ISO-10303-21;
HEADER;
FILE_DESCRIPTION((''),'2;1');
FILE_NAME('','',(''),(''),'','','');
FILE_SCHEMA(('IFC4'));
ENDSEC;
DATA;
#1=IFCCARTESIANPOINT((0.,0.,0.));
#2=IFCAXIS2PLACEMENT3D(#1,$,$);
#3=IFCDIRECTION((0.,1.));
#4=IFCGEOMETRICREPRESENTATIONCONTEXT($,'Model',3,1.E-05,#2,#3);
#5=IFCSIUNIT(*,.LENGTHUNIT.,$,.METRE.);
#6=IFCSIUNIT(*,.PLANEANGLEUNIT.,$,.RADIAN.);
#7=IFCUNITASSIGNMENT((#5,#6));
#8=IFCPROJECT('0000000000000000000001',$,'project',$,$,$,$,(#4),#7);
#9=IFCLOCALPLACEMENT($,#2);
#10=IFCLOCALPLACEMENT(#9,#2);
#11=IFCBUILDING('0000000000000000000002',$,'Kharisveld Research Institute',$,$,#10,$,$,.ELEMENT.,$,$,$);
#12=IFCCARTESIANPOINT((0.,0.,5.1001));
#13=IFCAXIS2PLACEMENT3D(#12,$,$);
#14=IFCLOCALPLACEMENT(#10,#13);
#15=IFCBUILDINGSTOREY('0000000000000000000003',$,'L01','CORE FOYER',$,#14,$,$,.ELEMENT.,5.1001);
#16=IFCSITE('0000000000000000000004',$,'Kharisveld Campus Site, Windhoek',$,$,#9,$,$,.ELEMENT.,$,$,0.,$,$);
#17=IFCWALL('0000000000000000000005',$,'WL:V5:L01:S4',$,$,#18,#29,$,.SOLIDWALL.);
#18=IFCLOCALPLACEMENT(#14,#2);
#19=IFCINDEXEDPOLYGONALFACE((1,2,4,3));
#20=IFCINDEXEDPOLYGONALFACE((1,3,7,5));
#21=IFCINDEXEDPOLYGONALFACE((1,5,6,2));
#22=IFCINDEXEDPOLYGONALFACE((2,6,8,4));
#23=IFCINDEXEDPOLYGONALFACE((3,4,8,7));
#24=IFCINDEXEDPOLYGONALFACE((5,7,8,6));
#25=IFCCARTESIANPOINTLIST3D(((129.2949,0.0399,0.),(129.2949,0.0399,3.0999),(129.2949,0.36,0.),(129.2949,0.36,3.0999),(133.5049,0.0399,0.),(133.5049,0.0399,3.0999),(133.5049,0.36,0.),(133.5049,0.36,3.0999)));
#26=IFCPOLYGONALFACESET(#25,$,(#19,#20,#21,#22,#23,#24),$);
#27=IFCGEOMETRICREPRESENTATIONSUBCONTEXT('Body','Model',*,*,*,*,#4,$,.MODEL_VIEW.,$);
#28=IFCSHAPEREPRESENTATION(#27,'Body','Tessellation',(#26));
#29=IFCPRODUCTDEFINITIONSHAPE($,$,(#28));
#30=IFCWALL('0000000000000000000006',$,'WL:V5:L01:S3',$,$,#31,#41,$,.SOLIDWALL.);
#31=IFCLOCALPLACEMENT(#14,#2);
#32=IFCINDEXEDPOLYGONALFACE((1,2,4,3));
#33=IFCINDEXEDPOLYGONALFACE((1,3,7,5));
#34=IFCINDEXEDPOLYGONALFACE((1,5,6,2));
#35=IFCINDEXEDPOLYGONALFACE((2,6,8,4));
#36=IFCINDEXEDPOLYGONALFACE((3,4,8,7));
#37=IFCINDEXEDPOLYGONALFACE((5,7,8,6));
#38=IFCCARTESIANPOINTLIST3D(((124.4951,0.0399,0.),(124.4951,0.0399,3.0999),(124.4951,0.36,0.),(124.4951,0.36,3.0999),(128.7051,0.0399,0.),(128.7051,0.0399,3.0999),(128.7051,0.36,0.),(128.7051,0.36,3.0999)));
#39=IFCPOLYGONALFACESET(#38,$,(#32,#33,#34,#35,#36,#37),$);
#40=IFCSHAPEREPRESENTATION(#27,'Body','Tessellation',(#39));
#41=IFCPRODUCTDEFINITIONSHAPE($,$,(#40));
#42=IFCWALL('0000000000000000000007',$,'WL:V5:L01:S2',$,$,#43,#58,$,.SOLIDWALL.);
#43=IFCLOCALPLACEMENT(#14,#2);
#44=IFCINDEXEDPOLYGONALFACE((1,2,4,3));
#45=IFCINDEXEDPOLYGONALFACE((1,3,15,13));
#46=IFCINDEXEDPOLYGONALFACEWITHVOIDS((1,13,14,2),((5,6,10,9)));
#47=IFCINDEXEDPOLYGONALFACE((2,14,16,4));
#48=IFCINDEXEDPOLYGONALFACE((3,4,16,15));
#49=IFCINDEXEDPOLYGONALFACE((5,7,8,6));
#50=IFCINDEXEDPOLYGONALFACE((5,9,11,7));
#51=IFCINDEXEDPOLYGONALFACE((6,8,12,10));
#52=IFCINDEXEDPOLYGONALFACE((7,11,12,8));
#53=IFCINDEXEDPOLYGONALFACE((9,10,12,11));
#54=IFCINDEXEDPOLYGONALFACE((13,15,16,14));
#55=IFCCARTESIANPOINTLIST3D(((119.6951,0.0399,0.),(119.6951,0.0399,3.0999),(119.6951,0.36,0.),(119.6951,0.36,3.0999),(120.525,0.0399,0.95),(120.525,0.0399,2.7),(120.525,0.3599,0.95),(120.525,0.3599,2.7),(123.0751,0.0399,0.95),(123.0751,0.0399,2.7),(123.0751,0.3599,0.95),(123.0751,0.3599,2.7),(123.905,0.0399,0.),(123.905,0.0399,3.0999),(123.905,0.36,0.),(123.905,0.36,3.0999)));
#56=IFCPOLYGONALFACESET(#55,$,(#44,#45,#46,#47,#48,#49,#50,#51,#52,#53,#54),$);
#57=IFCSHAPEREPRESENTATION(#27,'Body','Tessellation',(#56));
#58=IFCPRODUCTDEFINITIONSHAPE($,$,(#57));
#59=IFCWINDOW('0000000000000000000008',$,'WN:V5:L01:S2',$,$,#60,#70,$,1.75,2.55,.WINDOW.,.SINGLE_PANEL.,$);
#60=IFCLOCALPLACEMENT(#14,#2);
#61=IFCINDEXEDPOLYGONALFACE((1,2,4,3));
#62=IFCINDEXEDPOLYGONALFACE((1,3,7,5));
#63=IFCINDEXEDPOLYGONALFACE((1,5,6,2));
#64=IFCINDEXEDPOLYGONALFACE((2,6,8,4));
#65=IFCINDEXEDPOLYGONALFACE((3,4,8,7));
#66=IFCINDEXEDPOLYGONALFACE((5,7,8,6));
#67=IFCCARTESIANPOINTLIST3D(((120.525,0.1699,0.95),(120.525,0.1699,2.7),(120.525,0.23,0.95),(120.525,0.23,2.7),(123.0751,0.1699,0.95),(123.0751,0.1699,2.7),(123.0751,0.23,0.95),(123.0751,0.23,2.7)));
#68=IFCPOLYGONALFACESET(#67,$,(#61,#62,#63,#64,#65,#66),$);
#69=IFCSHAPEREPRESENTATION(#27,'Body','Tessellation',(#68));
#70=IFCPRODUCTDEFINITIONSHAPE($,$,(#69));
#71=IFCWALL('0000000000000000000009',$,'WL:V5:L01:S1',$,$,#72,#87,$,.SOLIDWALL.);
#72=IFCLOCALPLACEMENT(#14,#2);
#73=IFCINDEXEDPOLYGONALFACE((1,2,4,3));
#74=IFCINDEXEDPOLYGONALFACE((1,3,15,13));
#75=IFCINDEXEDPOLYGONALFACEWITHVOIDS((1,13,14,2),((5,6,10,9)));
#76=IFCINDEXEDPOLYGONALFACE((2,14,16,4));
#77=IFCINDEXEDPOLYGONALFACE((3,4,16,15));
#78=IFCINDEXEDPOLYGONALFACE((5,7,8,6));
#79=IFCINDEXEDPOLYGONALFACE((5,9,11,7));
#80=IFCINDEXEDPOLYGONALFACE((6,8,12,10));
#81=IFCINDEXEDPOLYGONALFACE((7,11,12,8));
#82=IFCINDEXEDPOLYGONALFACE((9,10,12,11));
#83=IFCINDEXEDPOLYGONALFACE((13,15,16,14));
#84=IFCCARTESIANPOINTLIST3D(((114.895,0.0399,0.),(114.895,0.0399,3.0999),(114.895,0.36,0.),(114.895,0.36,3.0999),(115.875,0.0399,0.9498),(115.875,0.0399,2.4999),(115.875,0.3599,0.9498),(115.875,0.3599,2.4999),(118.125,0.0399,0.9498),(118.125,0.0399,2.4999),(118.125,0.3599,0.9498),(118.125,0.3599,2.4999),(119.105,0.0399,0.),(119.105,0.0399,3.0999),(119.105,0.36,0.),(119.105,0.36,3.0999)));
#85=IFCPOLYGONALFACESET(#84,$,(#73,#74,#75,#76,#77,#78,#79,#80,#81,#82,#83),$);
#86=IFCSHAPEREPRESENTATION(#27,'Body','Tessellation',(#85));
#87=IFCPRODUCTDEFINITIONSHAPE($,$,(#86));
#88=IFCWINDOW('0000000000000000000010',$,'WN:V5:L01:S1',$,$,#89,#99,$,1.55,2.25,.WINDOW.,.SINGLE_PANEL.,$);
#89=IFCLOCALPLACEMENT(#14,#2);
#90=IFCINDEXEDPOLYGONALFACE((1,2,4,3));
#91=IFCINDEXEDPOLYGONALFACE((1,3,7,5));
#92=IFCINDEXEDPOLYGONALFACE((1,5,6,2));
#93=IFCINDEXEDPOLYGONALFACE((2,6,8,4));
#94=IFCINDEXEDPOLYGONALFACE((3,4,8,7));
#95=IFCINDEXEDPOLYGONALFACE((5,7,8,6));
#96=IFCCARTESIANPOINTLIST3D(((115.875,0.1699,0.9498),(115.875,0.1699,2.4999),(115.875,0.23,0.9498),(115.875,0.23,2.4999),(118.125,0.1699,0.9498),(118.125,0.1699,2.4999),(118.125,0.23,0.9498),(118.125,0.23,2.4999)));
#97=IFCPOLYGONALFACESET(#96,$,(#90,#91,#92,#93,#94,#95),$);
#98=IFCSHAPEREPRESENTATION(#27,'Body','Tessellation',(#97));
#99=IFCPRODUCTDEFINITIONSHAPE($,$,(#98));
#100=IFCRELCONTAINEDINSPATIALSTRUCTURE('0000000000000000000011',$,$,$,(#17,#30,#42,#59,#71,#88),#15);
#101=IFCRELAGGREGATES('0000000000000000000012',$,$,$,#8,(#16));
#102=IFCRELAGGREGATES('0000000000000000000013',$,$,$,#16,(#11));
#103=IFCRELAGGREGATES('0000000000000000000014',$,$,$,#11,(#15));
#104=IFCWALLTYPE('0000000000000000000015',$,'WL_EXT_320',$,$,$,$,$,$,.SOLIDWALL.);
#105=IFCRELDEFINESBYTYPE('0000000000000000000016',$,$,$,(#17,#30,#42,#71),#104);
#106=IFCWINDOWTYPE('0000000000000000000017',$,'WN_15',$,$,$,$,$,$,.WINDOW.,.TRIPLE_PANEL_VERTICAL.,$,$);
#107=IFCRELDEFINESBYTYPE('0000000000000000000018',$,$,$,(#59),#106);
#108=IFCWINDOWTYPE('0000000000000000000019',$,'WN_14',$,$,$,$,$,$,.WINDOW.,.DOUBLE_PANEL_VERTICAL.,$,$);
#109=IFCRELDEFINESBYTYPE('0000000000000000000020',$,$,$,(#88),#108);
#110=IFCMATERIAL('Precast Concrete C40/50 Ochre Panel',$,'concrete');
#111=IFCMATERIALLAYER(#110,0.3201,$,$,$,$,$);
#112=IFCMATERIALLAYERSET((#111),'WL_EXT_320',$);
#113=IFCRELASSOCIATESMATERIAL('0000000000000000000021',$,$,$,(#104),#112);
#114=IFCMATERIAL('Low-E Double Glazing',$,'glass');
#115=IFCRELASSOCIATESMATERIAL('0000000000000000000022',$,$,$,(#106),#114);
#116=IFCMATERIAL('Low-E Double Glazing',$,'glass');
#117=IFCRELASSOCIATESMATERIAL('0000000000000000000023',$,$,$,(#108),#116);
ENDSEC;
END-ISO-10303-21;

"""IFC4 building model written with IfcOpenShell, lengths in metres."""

from ifc_helpers import new_model, si_unit, direction, frame, frame_2d, origin, place, context, subcontext, project, spatial, rectangle, extrude, material, layer, layer_set, type_object, element, fill, save


model = new_model("IFC4")

# Units and contexts
model_context = context("Model", 3, precision=1e-05, world=origin(), true_north=direction((0.0, 1.0)))
body_context = subcontext(model_context, "Body", "Model", "MODEL_VIEW")
ifc_project = project(units=[si_unit("LENGTHUNIT", "METRE"), si_unit("PLANEANGLEUNIT", "RADIAN")], contexts=[model_context])

# Site, building, storey
site_placement = place(None, origin())
site = spatial("IfcSite", under=ifc_project, at=site_placement, Name="Kharisveld Campus Site, Windhoek", CompositionType="ELEMENT", RefElevation=0.0)
building_placement = place(site_placement, origin())
building = spatial("IfcBuilding", under=site, at=building_placement, Name="Kharisveld Research Institute", CompositionType="ELEMENT")
storey_placement = place(building_placement, frame((0.0, 0.0, 5.1001)))
storey = spatial("IfcBuildingStorey", under=building, at=storey_placement, Name="L01", Description="CORE FOYER", CompositionType="ELEMENT", Elevation=5.1001)

# Walls
ifc_material_1 = material(Name="Precast Concrete C40/50 Ochre Panel", Category="concrete")
ifc_layer_1 = layer(ifc_material_1, 0.3201)
ifc_layer_set_1 = layer_set([ifc_layer_1], Name="WL_EXT_320")
wall_type_1 = type_object("IfcWallType", Name="WL_EXT_320", PredefinedType="SOLIDWALL", material=ifc_layer_set_1)
for number, where, z_axis, x_axis, name in (
    (1, (133.5049, 0.2, 0.0), (0.0, 0.0, 1.0), (-1.0, 0.0, 0.0), "WL:V5:L01:S4"),
    (2, (128.7051, 0.2, 0.0), (0.0, 0.0, 1.0), (-1.0, 0.0, 0.0), "WL:V5:L01:S3"),
):
    element("IfcWall", number, at=place(storey_placement, frame(where, z_axis=z_axis, x_axis=x_axis)), inside=storey, type_object=wall_type_1, Name=name, PredefinedType="SOLIDWALL", context=body_context, shape_type="SweptSolid", body=[
        extrude(rectangle(XDim=4.21, YDim=0.3201, at=frame_2d((2.105, 0.0))), origin(), (0.0, 0.0, 1.0), 3.0999),
    ])

# Walls, openings, windows
wall_1_placement = place(storey_placement, frame((123.905, 0.2, 0.0), z_axis=(0.0, 0.0, 1.0), x_axis=(-1.0, 0.0, 0.0)))
wall_1 = element("IfcWall", 3, at=wall_1_placement, inside=storey, type_object=wall_type_1, Name="WL:V5:L01:S2", PredefinedType="SOLIDWALL", context=body_context, shape_type="SweptSolid", body=[
    extrude(rectangle(XDim=4.21, YDim=0.3201, at=frame_2d((2.105, 0.0))), origin(), (0.0, 0.0, 1.0), 3.0999),
])
opening_1_placement = place(wall_1_placement, frame((0.8301, 0.0, 0.95)))
opening_1 = element("IfcOpeningElement", 4, at=opening_1_placement, cuts=wall_1, PredefinedType="OPENING", context=body_context, shape_type="SweptSolid", body=[
    extrude(rectangle(XDim=2.55, YDim=1.75, at=frame_2d((1.2749, 0.875))), frame((0.0, 0.1602, 0.0), z_axis=(0.0, -1.0, 0.0), x_axis=(1.0, 0.0, 0.0)), (0.0, 0.0, 1.0), 0.3201),
])
ifc_material_2 = material(Name="Low-E Double Glazing", Category="glass")
window_type_1 = type_object("IfcWindowType", Name="WN_15", PartitioningType="TRIPLE_PANEL_VERTICAL", PredefinedType="WINDOW", material=ifc_material_2)
window_1_placement = place(opening_1_placement, origin())
window_1 = element("IfcWindow", 5, at=window_1_placement, inside=storey, type_object=window_type_1, Name="WN:V5:L01:S2", OverallHeight=1.75, OverallWidth=2.55, PartitioningType="SINGLE_PANEL", PredefinedType="WINDOW", context=body_context, shape_type="SweptSolid", body=[
    extrude(rectangle(XDim=2.55, YDim=1.75, at=frame_2d((1.2749, 0.875))), frame((0.0, 0.03, 0.0), z_axis=(0.0, -1.0, 0.0), x_axis=(1.0, 0.0, 0.0)), (0.0, 0.0, 1.0), 0.0601),
])
fill(opening_1, window_1)
wall_2_placement = place(storey_placement, frame((119.105, 0.2, 0.0), z_axis=(0.0, 0.0, 1.0), x_axis=(-1.0, 0.0, 0.0)))
wall_2 = element("IfcWall", 6, at=wall_2_placement, inside=storey, type_object=wall_type_1, Name="WL:V5:L01:S1", PredefinedType="SOLIDWALL", context=body_context, shape_type="SweptSolid", body=[
    extrude(rectangle(XDim=4.21, YDim=0.3201, at=frame_2d((2.105, 0.0))), origin(), (0.0, 0.0, 1.0), 3.0999),
])
opening_2_placement = place(wall_2_placement, frame((0.98, 0.0, 0.95)))
opening_2 = element("IfcOpeningElement", 7, at=opening_2_placement, cuts=wall_2, PredefinedType="OPENING", context=body_context, shape_type="SweptSolid", body=[
    extrude(rectangle(XDim=2.25, YDim=1.55, at=frame_2d((1.125, 0.7749))), frame((0.0, 0.1602, 0.0), z_axis=(0.0, -1.0, 0.0), x_axis=(1.0, 0.0, 0.0)), (0.0, 0.0, 1.0), 0.3201),
])
ifc_material_3 = material(Name="Low-E Double Glazing", Category="glass")
window_type_2 = type_object("IfcWindowType", Name="WN_14", PartitioningType="DOUBLE_PANEL_VERTICAL", PredefinedType="WINDOW", material=ifc_material_3)
window_2_placement = place(opening_2_placement, origin())
window_2 = element("IfcWindow", 8, at=window_2_placement, inside=storey, type_object=window_type_2, Name="WN:V5:L01:S1", OverallHeight=1.55, OverallWidth=2.25, PartitioningType="SINGLE_PANEL", PredefinedType="WINDOW", context=body_context, shape_type="SweptSolid", body=[
    extrude(rectangle(XDim=2.25, YDim=1.55, at=frame_2d((1.125, 0.7749))), frame((0.0, 0.03, 0.0), z_axis=(0.0, -1.0, 0.0), x_axis=(1.0, 0.0, 0.0)), (0.0, 0.0, 1.0), 0.0601),
])
fill(opening_2, window_2)

save(model, "model.ifc")
